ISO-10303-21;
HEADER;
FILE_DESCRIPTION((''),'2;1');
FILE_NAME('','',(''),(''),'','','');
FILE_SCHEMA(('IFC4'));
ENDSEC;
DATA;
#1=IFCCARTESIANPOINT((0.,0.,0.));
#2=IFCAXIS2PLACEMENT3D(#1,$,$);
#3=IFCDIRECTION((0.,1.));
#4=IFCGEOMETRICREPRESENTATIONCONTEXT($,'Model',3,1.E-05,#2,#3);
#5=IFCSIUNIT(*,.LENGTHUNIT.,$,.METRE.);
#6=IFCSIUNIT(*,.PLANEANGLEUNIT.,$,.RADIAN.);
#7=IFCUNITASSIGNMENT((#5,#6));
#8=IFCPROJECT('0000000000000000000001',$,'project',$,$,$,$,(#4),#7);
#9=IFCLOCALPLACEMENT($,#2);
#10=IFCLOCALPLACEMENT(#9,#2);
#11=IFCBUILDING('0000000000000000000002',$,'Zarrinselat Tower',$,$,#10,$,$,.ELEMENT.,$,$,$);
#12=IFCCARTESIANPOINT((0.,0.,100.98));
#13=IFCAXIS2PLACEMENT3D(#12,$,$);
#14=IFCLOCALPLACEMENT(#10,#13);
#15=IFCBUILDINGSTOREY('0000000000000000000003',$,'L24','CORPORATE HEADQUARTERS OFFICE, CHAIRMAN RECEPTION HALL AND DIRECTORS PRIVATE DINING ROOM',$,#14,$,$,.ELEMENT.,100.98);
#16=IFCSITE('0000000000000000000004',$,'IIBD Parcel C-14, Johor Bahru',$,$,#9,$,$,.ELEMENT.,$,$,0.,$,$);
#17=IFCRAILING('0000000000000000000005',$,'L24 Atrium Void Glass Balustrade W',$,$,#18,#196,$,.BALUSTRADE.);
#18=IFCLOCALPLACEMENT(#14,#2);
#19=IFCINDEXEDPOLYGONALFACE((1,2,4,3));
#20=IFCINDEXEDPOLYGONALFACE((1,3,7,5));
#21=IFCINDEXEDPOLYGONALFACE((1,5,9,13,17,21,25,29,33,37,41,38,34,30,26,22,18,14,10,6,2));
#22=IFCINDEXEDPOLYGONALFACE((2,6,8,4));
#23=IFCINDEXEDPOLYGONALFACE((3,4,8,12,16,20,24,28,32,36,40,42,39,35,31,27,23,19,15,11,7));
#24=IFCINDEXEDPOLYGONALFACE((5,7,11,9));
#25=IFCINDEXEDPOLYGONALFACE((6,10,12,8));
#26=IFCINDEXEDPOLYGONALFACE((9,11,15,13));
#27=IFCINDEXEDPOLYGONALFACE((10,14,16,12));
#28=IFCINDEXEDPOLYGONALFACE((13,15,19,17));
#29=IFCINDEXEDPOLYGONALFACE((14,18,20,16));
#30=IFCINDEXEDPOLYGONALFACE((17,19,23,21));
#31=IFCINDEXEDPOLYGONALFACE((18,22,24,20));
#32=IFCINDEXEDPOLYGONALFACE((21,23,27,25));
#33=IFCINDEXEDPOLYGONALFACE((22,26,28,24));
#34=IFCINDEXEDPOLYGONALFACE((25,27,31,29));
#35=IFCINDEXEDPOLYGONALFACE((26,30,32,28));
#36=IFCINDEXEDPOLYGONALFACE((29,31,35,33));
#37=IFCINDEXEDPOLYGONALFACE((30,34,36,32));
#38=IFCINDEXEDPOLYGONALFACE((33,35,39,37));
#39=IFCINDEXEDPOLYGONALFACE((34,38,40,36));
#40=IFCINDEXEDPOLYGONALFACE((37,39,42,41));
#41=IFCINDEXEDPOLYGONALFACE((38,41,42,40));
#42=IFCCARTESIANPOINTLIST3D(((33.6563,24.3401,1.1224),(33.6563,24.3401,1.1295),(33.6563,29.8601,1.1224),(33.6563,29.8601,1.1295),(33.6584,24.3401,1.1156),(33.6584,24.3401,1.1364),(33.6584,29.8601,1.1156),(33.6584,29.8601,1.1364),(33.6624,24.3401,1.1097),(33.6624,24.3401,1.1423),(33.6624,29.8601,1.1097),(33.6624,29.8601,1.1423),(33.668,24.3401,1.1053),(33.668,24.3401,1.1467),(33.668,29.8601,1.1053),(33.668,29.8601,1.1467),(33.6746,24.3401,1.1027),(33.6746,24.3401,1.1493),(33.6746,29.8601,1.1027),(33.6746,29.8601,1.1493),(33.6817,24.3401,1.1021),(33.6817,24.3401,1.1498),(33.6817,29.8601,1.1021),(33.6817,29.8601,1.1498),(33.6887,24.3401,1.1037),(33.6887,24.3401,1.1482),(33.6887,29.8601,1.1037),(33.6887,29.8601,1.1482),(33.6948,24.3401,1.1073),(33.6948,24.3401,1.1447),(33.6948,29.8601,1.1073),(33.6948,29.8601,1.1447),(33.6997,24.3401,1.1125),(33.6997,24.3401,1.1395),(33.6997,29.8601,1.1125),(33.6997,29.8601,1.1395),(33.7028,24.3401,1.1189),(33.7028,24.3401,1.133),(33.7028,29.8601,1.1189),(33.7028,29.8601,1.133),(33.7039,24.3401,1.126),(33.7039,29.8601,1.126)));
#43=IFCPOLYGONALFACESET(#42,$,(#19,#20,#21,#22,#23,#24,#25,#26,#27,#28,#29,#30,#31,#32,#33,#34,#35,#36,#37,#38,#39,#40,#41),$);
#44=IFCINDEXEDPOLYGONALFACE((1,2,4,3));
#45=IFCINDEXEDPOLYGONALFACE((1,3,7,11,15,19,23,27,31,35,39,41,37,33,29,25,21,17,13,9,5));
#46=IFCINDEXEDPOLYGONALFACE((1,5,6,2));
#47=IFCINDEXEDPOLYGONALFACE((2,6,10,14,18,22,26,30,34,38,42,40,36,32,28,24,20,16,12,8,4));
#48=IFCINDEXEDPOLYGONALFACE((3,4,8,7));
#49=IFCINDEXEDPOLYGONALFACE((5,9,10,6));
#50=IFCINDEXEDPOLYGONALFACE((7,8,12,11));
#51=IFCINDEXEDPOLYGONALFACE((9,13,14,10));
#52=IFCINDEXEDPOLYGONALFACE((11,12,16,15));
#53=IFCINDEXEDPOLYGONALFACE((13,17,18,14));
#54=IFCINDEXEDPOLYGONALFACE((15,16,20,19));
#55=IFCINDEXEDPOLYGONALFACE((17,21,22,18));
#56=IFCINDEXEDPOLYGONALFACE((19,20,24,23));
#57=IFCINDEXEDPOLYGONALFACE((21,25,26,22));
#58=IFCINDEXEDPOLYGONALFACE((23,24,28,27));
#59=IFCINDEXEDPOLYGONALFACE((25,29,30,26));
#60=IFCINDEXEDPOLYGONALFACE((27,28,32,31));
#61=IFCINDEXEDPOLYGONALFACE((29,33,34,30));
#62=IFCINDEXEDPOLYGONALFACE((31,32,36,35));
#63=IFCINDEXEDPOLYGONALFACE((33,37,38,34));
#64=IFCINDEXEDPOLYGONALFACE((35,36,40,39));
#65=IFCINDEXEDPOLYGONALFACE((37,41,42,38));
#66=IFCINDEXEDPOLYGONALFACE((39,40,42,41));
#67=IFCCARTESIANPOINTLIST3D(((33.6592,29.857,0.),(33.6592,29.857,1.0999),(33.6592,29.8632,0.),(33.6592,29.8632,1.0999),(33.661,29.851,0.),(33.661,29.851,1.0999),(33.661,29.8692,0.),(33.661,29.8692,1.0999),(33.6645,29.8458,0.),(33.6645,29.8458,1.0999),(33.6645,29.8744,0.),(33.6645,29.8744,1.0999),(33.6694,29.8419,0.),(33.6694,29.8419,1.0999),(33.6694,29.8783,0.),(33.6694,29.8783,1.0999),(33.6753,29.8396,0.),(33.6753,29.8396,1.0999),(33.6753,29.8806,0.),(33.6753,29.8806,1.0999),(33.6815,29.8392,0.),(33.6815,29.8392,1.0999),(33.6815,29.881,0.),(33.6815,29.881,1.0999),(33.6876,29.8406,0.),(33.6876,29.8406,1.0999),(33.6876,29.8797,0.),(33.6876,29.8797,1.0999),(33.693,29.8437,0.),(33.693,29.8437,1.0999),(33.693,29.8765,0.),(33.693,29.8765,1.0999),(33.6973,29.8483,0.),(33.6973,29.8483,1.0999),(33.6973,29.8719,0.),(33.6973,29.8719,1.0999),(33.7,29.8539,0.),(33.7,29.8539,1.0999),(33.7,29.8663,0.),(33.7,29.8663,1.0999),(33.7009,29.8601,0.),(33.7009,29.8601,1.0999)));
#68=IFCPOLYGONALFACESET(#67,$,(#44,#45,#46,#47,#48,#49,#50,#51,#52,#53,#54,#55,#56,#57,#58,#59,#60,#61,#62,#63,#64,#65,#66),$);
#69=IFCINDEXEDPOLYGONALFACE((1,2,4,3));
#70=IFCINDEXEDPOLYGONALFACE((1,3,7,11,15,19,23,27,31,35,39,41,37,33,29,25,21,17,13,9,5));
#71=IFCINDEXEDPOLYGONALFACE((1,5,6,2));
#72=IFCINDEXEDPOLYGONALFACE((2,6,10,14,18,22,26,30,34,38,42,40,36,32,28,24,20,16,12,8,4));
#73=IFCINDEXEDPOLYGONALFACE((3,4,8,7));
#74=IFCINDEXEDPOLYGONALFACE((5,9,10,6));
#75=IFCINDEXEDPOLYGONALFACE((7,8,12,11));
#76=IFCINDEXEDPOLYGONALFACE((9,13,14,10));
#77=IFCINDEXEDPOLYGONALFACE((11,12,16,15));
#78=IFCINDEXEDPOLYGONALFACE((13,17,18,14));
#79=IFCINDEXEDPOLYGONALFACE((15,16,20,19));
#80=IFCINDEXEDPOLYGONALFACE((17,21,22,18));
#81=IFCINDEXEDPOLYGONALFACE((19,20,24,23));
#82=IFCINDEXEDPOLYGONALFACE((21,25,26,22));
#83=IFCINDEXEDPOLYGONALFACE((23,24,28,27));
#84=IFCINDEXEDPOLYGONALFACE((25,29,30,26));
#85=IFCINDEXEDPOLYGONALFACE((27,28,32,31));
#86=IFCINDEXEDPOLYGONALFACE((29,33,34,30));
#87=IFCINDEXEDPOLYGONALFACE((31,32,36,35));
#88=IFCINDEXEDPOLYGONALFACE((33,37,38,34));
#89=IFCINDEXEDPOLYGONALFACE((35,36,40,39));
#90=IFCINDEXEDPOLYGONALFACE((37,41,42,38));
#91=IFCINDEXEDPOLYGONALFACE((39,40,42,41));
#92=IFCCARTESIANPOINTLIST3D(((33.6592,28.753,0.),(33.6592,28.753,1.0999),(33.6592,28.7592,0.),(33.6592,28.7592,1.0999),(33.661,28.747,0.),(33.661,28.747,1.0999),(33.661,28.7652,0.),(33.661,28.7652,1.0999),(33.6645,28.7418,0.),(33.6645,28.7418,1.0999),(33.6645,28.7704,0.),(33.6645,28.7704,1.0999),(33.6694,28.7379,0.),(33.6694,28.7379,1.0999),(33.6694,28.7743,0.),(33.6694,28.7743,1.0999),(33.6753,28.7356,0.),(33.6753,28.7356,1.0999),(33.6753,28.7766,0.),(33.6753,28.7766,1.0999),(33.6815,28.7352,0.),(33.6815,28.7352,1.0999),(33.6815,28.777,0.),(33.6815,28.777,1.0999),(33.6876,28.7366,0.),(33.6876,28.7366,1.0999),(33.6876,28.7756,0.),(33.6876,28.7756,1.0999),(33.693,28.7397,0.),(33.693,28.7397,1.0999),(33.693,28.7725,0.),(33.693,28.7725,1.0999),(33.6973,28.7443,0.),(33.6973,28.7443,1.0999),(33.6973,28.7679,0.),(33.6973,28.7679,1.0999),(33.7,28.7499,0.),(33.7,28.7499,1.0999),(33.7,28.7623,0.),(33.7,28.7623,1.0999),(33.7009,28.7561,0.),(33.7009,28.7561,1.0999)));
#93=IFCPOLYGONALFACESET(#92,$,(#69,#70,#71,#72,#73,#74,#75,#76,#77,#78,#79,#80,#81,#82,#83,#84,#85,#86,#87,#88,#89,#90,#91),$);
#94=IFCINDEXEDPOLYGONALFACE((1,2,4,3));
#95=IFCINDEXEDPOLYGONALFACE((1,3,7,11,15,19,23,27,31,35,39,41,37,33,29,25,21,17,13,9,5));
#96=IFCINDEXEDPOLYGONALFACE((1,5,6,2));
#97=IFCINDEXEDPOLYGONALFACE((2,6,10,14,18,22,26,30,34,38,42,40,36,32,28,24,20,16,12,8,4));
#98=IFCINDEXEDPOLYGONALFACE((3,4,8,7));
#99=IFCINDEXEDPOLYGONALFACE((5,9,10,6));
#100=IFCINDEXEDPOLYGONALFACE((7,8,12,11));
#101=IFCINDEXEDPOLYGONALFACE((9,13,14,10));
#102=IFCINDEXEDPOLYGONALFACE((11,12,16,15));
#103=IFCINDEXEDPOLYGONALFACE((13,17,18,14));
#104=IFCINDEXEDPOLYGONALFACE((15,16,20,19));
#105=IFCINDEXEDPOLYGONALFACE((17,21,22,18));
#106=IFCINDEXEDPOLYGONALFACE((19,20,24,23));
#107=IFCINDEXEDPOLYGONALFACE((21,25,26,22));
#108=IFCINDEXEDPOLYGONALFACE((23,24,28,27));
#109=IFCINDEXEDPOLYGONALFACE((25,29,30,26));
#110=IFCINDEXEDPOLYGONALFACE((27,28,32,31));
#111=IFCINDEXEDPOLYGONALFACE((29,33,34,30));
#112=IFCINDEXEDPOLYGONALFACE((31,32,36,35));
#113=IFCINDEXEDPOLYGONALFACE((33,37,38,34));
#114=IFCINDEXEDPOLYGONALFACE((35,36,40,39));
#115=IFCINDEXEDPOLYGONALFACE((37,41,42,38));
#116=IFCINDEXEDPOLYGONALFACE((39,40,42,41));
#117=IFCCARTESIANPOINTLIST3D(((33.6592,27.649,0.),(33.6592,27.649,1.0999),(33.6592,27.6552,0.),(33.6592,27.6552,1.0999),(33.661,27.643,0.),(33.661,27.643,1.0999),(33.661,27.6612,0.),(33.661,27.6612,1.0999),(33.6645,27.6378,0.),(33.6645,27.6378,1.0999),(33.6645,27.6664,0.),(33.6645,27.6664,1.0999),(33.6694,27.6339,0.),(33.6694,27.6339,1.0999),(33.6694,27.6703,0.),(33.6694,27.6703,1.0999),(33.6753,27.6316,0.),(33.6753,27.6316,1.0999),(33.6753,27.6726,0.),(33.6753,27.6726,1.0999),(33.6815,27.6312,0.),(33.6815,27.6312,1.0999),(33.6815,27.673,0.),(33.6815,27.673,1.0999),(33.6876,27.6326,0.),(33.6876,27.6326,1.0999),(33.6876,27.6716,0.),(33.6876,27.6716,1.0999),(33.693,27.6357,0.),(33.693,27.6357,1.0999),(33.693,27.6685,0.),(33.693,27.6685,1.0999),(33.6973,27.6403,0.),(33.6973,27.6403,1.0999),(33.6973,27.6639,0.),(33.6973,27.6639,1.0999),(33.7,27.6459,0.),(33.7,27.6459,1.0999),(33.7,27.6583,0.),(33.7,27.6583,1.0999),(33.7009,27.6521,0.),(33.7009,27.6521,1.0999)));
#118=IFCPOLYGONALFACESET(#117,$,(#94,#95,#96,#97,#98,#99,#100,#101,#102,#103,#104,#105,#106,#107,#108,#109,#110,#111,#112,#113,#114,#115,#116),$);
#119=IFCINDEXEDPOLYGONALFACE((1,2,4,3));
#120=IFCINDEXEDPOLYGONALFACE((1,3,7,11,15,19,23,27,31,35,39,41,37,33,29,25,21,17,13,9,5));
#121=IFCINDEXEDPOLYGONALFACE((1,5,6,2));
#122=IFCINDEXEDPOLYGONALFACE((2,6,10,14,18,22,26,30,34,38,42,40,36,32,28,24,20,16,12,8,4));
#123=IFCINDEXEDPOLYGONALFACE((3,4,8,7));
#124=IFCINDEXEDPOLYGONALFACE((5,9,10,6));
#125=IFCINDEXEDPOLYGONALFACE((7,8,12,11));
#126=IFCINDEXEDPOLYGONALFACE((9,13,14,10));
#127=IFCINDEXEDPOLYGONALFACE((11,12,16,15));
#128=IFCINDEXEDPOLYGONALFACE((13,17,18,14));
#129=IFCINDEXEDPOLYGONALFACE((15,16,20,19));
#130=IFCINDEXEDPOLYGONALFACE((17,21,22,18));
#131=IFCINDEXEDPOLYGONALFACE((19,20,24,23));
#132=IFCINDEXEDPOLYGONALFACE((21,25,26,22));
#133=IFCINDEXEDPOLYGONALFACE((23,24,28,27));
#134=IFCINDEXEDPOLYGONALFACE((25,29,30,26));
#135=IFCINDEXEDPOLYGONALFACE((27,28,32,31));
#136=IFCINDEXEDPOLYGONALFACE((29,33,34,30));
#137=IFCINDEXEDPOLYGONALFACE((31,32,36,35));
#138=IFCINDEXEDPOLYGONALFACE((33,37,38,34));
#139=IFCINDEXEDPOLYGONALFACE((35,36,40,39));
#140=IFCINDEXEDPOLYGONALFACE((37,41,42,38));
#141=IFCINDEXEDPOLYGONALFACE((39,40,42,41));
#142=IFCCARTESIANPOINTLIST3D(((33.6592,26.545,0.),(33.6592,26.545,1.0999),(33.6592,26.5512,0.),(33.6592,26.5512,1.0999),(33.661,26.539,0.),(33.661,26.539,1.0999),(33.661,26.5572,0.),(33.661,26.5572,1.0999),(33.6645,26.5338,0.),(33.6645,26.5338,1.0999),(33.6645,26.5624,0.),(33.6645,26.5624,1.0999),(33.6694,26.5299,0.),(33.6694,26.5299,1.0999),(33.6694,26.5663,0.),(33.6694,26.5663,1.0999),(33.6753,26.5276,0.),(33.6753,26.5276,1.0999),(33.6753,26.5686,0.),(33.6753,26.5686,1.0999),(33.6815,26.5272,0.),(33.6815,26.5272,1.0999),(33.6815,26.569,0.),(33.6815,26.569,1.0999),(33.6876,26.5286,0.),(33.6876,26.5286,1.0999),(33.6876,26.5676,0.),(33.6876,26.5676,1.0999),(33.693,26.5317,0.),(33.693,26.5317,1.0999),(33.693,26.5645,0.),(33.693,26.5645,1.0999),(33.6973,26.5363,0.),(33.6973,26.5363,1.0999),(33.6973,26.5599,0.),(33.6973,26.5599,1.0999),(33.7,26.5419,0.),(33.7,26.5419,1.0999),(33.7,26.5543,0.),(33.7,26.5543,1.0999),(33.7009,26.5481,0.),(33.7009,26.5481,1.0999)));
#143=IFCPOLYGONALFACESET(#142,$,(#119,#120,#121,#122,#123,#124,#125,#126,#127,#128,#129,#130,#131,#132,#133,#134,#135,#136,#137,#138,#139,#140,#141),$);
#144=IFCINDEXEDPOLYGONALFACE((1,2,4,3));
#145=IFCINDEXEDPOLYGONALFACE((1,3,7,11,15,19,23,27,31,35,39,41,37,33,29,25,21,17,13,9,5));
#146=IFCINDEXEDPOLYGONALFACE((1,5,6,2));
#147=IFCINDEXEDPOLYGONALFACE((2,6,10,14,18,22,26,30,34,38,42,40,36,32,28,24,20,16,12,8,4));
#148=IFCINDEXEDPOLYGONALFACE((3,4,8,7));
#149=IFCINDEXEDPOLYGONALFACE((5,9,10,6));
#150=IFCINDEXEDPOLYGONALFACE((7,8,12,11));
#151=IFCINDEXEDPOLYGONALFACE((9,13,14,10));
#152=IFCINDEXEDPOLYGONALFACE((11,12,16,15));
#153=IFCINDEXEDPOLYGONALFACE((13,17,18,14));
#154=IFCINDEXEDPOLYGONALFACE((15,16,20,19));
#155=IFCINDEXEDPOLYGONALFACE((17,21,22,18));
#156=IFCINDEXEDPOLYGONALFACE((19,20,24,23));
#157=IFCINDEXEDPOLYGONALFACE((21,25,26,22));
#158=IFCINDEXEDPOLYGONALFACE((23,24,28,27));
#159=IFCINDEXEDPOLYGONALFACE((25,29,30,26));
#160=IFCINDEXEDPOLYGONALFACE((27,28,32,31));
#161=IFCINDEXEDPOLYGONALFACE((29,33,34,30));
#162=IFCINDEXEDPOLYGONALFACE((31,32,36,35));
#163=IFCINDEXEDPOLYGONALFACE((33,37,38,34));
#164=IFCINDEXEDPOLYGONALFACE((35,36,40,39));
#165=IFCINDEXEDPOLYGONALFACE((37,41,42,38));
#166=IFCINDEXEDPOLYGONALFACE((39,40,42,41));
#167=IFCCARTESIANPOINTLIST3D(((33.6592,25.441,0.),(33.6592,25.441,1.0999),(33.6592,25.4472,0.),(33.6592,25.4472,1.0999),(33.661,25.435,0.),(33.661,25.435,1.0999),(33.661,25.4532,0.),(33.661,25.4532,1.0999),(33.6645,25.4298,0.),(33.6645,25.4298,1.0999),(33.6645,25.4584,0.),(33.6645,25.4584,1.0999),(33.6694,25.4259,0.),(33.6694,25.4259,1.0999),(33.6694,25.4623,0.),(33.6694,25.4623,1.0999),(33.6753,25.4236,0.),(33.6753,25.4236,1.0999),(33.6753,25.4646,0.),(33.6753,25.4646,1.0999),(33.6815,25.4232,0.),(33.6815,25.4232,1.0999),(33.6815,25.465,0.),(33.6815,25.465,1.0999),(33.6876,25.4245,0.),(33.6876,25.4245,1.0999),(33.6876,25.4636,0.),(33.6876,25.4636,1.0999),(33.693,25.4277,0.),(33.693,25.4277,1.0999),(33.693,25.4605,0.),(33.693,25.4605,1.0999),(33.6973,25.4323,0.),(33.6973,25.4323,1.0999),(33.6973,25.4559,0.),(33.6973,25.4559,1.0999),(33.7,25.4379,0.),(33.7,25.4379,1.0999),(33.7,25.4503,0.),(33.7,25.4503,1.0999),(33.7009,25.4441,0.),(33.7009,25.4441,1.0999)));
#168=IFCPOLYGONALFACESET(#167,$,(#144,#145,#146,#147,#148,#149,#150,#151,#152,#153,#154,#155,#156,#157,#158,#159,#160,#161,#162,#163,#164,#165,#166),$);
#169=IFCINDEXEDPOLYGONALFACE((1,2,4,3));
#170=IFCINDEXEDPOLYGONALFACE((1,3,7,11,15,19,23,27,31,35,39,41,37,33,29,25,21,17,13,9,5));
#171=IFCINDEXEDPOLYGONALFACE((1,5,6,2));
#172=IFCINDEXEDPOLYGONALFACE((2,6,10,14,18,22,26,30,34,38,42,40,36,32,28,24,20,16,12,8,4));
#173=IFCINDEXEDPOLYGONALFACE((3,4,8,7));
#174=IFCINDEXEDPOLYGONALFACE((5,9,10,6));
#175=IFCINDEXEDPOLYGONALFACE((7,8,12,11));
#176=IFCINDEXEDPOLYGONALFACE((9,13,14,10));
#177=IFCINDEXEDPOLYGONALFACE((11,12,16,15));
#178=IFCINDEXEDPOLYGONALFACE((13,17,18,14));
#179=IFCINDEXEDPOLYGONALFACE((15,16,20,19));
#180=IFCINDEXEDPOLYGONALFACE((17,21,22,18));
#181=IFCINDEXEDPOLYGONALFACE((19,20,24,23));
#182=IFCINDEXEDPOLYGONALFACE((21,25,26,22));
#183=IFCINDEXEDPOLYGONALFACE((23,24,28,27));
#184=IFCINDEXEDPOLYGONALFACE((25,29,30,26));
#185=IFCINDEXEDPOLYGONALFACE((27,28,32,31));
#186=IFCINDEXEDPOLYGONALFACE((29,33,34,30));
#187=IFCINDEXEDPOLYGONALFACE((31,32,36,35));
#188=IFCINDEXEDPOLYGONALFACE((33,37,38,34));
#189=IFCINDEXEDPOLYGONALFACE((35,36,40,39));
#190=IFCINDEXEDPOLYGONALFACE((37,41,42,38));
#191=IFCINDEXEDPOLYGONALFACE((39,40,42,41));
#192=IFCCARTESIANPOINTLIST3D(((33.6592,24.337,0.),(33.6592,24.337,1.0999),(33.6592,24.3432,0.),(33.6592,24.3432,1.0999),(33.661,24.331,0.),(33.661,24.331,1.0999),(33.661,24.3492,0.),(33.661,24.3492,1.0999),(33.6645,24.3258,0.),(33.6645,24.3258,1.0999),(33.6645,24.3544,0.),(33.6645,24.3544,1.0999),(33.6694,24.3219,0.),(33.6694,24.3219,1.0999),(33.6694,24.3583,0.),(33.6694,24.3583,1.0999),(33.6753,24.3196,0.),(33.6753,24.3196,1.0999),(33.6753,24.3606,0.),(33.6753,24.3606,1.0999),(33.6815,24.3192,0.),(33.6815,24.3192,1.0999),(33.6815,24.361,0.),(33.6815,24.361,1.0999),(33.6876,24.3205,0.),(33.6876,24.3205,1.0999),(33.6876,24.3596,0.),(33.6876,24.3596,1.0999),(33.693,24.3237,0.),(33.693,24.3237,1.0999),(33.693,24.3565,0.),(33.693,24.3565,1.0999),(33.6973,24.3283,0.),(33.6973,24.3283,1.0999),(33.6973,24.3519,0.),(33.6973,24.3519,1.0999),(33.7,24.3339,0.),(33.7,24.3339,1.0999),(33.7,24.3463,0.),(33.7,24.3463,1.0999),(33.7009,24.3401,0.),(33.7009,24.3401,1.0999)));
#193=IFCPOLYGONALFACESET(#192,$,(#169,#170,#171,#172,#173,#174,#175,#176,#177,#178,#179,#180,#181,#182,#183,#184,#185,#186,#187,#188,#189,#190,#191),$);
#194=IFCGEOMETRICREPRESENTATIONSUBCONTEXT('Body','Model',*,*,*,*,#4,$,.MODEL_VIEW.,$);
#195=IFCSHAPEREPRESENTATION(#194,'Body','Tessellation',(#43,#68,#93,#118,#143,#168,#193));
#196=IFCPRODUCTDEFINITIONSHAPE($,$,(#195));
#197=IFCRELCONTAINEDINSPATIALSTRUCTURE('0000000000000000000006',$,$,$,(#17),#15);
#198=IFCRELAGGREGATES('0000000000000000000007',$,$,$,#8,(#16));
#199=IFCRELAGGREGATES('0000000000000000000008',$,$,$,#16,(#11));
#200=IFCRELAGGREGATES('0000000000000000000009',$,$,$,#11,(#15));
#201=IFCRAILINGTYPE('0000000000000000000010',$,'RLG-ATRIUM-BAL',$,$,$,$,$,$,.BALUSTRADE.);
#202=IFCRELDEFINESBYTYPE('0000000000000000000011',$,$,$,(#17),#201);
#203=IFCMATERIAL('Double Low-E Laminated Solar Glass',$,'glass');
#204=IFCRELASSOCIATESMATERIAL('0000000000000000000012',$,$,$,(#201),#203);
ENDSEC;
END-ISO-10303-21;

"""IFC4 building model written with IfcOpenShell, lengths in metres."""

from ifc_helpers import new_model, si_unit, direction, frame, origin, origin_2d, place, context, subcontext, project, spatial, circle, extrude, material, type_object, element, save


model = new_model("IFC4")

# Units and contexts
model_context = context("Model", 3, precision=1e-05, world=origin(), true_north=direction((0.0, 1.0)))
body_context = subcontext(model_context, "Body", "Model", "MODEL_VIEW")
ifc_project = project(units=[si_unit("LENGTHUNIT", "METRE"), si_unit("PLANEANGLEUNIT", "RADIAN")], contexts=[model_context])

# Site, building, storey
site_placement = place(None, origin())
site = spatial("IfcSite", under=ifc_project, at=site_placement, Name="IIBD Parcel C-14, Johor Bahru", CompositionType="ELEMENT", RefElevation=0.0)
building_placement = place(site_placement, origin())
building = spatial("IfcBuilding", under=site, at=building_placement, Name="Zarrinselat Tower", CompositionType="ELEMENT")
storey_placement = place(building_placement, frame((0.0, 0.0, 100.98)))
storey = spatial("IfcBuildingStorey", under=building, at=storey_placement, Name="L24", Description="CORPORATE HEADQUARTERS OFFICE, CHAIRMAN RECEPTION HALL AND DIRECTORS PRIVATE DINING ROOM", CompositionType="ELEMENT", Elevation=100.98)

# Railing
ifc_material_1 = material(Name="Double Low-E Laminated Solar Glass", Category="glass")
railing_type_1 = type_object("IfcRailingType", Name="RLG-ATRIUM-BAL", PredefinedType="BALUSTRADE", material=ifc_material_1)
railing_1_placement = place(storey_placement, frame((33.6799, 29.8601, 0.0)))
element("IfcRailing", 1, at=railing_1_placement, inside=storey, type_object=railing_type_1, Name="L24 Atrium Void Glass Balustrade W", PredefinedType="BALUSTRADE", context=body_context, shape_type="SweptSolid", body=[
    extrude(circle(Radius=0.0239, at=origin_2d()), frame((0.0, 0.0, 1.126), z_axis=(0.0, -1.0, 0.0), x_axis=(1.0, 0.0, 0.0)), (0.0, 0.0, 1.0), 5.52),
    extrude(circle(Radius=0.021, at=origin_2d()), origin(), (0.0, 0.0, 1.0), 1.0999),
    extrude(circle(Radius=0.021, at=origin_2d()), frame((0.0, -1.104, 0.0)), (0.0, 0.0, 1.0), 1.0999),
    extrude(circle(Radius=0.021, at=origin_2d()), frame((0.0, -2.208, 0.0)), (0.0, 0.0, 1.0), 1.0999),
    extrude(circle(Radius=0.021, at=origin_2d()), frame((0.0, -3.312, 0.0)), (0.0, 0.0, 1.0), 1.0999),
    extrude(circle(Radius=0.021, at=origin_2d()), frame((0.0, -4.416, 0.0)), (0.0, 0.0, 1.0), 1.0999),
    extrude(circle(Radius=0.021, at=origin_2d()), frame((0.0, -5.52, 0.0)), (0.0, 0.0, 1.0), 1.0999),
])

save(model, "model.ifc")
